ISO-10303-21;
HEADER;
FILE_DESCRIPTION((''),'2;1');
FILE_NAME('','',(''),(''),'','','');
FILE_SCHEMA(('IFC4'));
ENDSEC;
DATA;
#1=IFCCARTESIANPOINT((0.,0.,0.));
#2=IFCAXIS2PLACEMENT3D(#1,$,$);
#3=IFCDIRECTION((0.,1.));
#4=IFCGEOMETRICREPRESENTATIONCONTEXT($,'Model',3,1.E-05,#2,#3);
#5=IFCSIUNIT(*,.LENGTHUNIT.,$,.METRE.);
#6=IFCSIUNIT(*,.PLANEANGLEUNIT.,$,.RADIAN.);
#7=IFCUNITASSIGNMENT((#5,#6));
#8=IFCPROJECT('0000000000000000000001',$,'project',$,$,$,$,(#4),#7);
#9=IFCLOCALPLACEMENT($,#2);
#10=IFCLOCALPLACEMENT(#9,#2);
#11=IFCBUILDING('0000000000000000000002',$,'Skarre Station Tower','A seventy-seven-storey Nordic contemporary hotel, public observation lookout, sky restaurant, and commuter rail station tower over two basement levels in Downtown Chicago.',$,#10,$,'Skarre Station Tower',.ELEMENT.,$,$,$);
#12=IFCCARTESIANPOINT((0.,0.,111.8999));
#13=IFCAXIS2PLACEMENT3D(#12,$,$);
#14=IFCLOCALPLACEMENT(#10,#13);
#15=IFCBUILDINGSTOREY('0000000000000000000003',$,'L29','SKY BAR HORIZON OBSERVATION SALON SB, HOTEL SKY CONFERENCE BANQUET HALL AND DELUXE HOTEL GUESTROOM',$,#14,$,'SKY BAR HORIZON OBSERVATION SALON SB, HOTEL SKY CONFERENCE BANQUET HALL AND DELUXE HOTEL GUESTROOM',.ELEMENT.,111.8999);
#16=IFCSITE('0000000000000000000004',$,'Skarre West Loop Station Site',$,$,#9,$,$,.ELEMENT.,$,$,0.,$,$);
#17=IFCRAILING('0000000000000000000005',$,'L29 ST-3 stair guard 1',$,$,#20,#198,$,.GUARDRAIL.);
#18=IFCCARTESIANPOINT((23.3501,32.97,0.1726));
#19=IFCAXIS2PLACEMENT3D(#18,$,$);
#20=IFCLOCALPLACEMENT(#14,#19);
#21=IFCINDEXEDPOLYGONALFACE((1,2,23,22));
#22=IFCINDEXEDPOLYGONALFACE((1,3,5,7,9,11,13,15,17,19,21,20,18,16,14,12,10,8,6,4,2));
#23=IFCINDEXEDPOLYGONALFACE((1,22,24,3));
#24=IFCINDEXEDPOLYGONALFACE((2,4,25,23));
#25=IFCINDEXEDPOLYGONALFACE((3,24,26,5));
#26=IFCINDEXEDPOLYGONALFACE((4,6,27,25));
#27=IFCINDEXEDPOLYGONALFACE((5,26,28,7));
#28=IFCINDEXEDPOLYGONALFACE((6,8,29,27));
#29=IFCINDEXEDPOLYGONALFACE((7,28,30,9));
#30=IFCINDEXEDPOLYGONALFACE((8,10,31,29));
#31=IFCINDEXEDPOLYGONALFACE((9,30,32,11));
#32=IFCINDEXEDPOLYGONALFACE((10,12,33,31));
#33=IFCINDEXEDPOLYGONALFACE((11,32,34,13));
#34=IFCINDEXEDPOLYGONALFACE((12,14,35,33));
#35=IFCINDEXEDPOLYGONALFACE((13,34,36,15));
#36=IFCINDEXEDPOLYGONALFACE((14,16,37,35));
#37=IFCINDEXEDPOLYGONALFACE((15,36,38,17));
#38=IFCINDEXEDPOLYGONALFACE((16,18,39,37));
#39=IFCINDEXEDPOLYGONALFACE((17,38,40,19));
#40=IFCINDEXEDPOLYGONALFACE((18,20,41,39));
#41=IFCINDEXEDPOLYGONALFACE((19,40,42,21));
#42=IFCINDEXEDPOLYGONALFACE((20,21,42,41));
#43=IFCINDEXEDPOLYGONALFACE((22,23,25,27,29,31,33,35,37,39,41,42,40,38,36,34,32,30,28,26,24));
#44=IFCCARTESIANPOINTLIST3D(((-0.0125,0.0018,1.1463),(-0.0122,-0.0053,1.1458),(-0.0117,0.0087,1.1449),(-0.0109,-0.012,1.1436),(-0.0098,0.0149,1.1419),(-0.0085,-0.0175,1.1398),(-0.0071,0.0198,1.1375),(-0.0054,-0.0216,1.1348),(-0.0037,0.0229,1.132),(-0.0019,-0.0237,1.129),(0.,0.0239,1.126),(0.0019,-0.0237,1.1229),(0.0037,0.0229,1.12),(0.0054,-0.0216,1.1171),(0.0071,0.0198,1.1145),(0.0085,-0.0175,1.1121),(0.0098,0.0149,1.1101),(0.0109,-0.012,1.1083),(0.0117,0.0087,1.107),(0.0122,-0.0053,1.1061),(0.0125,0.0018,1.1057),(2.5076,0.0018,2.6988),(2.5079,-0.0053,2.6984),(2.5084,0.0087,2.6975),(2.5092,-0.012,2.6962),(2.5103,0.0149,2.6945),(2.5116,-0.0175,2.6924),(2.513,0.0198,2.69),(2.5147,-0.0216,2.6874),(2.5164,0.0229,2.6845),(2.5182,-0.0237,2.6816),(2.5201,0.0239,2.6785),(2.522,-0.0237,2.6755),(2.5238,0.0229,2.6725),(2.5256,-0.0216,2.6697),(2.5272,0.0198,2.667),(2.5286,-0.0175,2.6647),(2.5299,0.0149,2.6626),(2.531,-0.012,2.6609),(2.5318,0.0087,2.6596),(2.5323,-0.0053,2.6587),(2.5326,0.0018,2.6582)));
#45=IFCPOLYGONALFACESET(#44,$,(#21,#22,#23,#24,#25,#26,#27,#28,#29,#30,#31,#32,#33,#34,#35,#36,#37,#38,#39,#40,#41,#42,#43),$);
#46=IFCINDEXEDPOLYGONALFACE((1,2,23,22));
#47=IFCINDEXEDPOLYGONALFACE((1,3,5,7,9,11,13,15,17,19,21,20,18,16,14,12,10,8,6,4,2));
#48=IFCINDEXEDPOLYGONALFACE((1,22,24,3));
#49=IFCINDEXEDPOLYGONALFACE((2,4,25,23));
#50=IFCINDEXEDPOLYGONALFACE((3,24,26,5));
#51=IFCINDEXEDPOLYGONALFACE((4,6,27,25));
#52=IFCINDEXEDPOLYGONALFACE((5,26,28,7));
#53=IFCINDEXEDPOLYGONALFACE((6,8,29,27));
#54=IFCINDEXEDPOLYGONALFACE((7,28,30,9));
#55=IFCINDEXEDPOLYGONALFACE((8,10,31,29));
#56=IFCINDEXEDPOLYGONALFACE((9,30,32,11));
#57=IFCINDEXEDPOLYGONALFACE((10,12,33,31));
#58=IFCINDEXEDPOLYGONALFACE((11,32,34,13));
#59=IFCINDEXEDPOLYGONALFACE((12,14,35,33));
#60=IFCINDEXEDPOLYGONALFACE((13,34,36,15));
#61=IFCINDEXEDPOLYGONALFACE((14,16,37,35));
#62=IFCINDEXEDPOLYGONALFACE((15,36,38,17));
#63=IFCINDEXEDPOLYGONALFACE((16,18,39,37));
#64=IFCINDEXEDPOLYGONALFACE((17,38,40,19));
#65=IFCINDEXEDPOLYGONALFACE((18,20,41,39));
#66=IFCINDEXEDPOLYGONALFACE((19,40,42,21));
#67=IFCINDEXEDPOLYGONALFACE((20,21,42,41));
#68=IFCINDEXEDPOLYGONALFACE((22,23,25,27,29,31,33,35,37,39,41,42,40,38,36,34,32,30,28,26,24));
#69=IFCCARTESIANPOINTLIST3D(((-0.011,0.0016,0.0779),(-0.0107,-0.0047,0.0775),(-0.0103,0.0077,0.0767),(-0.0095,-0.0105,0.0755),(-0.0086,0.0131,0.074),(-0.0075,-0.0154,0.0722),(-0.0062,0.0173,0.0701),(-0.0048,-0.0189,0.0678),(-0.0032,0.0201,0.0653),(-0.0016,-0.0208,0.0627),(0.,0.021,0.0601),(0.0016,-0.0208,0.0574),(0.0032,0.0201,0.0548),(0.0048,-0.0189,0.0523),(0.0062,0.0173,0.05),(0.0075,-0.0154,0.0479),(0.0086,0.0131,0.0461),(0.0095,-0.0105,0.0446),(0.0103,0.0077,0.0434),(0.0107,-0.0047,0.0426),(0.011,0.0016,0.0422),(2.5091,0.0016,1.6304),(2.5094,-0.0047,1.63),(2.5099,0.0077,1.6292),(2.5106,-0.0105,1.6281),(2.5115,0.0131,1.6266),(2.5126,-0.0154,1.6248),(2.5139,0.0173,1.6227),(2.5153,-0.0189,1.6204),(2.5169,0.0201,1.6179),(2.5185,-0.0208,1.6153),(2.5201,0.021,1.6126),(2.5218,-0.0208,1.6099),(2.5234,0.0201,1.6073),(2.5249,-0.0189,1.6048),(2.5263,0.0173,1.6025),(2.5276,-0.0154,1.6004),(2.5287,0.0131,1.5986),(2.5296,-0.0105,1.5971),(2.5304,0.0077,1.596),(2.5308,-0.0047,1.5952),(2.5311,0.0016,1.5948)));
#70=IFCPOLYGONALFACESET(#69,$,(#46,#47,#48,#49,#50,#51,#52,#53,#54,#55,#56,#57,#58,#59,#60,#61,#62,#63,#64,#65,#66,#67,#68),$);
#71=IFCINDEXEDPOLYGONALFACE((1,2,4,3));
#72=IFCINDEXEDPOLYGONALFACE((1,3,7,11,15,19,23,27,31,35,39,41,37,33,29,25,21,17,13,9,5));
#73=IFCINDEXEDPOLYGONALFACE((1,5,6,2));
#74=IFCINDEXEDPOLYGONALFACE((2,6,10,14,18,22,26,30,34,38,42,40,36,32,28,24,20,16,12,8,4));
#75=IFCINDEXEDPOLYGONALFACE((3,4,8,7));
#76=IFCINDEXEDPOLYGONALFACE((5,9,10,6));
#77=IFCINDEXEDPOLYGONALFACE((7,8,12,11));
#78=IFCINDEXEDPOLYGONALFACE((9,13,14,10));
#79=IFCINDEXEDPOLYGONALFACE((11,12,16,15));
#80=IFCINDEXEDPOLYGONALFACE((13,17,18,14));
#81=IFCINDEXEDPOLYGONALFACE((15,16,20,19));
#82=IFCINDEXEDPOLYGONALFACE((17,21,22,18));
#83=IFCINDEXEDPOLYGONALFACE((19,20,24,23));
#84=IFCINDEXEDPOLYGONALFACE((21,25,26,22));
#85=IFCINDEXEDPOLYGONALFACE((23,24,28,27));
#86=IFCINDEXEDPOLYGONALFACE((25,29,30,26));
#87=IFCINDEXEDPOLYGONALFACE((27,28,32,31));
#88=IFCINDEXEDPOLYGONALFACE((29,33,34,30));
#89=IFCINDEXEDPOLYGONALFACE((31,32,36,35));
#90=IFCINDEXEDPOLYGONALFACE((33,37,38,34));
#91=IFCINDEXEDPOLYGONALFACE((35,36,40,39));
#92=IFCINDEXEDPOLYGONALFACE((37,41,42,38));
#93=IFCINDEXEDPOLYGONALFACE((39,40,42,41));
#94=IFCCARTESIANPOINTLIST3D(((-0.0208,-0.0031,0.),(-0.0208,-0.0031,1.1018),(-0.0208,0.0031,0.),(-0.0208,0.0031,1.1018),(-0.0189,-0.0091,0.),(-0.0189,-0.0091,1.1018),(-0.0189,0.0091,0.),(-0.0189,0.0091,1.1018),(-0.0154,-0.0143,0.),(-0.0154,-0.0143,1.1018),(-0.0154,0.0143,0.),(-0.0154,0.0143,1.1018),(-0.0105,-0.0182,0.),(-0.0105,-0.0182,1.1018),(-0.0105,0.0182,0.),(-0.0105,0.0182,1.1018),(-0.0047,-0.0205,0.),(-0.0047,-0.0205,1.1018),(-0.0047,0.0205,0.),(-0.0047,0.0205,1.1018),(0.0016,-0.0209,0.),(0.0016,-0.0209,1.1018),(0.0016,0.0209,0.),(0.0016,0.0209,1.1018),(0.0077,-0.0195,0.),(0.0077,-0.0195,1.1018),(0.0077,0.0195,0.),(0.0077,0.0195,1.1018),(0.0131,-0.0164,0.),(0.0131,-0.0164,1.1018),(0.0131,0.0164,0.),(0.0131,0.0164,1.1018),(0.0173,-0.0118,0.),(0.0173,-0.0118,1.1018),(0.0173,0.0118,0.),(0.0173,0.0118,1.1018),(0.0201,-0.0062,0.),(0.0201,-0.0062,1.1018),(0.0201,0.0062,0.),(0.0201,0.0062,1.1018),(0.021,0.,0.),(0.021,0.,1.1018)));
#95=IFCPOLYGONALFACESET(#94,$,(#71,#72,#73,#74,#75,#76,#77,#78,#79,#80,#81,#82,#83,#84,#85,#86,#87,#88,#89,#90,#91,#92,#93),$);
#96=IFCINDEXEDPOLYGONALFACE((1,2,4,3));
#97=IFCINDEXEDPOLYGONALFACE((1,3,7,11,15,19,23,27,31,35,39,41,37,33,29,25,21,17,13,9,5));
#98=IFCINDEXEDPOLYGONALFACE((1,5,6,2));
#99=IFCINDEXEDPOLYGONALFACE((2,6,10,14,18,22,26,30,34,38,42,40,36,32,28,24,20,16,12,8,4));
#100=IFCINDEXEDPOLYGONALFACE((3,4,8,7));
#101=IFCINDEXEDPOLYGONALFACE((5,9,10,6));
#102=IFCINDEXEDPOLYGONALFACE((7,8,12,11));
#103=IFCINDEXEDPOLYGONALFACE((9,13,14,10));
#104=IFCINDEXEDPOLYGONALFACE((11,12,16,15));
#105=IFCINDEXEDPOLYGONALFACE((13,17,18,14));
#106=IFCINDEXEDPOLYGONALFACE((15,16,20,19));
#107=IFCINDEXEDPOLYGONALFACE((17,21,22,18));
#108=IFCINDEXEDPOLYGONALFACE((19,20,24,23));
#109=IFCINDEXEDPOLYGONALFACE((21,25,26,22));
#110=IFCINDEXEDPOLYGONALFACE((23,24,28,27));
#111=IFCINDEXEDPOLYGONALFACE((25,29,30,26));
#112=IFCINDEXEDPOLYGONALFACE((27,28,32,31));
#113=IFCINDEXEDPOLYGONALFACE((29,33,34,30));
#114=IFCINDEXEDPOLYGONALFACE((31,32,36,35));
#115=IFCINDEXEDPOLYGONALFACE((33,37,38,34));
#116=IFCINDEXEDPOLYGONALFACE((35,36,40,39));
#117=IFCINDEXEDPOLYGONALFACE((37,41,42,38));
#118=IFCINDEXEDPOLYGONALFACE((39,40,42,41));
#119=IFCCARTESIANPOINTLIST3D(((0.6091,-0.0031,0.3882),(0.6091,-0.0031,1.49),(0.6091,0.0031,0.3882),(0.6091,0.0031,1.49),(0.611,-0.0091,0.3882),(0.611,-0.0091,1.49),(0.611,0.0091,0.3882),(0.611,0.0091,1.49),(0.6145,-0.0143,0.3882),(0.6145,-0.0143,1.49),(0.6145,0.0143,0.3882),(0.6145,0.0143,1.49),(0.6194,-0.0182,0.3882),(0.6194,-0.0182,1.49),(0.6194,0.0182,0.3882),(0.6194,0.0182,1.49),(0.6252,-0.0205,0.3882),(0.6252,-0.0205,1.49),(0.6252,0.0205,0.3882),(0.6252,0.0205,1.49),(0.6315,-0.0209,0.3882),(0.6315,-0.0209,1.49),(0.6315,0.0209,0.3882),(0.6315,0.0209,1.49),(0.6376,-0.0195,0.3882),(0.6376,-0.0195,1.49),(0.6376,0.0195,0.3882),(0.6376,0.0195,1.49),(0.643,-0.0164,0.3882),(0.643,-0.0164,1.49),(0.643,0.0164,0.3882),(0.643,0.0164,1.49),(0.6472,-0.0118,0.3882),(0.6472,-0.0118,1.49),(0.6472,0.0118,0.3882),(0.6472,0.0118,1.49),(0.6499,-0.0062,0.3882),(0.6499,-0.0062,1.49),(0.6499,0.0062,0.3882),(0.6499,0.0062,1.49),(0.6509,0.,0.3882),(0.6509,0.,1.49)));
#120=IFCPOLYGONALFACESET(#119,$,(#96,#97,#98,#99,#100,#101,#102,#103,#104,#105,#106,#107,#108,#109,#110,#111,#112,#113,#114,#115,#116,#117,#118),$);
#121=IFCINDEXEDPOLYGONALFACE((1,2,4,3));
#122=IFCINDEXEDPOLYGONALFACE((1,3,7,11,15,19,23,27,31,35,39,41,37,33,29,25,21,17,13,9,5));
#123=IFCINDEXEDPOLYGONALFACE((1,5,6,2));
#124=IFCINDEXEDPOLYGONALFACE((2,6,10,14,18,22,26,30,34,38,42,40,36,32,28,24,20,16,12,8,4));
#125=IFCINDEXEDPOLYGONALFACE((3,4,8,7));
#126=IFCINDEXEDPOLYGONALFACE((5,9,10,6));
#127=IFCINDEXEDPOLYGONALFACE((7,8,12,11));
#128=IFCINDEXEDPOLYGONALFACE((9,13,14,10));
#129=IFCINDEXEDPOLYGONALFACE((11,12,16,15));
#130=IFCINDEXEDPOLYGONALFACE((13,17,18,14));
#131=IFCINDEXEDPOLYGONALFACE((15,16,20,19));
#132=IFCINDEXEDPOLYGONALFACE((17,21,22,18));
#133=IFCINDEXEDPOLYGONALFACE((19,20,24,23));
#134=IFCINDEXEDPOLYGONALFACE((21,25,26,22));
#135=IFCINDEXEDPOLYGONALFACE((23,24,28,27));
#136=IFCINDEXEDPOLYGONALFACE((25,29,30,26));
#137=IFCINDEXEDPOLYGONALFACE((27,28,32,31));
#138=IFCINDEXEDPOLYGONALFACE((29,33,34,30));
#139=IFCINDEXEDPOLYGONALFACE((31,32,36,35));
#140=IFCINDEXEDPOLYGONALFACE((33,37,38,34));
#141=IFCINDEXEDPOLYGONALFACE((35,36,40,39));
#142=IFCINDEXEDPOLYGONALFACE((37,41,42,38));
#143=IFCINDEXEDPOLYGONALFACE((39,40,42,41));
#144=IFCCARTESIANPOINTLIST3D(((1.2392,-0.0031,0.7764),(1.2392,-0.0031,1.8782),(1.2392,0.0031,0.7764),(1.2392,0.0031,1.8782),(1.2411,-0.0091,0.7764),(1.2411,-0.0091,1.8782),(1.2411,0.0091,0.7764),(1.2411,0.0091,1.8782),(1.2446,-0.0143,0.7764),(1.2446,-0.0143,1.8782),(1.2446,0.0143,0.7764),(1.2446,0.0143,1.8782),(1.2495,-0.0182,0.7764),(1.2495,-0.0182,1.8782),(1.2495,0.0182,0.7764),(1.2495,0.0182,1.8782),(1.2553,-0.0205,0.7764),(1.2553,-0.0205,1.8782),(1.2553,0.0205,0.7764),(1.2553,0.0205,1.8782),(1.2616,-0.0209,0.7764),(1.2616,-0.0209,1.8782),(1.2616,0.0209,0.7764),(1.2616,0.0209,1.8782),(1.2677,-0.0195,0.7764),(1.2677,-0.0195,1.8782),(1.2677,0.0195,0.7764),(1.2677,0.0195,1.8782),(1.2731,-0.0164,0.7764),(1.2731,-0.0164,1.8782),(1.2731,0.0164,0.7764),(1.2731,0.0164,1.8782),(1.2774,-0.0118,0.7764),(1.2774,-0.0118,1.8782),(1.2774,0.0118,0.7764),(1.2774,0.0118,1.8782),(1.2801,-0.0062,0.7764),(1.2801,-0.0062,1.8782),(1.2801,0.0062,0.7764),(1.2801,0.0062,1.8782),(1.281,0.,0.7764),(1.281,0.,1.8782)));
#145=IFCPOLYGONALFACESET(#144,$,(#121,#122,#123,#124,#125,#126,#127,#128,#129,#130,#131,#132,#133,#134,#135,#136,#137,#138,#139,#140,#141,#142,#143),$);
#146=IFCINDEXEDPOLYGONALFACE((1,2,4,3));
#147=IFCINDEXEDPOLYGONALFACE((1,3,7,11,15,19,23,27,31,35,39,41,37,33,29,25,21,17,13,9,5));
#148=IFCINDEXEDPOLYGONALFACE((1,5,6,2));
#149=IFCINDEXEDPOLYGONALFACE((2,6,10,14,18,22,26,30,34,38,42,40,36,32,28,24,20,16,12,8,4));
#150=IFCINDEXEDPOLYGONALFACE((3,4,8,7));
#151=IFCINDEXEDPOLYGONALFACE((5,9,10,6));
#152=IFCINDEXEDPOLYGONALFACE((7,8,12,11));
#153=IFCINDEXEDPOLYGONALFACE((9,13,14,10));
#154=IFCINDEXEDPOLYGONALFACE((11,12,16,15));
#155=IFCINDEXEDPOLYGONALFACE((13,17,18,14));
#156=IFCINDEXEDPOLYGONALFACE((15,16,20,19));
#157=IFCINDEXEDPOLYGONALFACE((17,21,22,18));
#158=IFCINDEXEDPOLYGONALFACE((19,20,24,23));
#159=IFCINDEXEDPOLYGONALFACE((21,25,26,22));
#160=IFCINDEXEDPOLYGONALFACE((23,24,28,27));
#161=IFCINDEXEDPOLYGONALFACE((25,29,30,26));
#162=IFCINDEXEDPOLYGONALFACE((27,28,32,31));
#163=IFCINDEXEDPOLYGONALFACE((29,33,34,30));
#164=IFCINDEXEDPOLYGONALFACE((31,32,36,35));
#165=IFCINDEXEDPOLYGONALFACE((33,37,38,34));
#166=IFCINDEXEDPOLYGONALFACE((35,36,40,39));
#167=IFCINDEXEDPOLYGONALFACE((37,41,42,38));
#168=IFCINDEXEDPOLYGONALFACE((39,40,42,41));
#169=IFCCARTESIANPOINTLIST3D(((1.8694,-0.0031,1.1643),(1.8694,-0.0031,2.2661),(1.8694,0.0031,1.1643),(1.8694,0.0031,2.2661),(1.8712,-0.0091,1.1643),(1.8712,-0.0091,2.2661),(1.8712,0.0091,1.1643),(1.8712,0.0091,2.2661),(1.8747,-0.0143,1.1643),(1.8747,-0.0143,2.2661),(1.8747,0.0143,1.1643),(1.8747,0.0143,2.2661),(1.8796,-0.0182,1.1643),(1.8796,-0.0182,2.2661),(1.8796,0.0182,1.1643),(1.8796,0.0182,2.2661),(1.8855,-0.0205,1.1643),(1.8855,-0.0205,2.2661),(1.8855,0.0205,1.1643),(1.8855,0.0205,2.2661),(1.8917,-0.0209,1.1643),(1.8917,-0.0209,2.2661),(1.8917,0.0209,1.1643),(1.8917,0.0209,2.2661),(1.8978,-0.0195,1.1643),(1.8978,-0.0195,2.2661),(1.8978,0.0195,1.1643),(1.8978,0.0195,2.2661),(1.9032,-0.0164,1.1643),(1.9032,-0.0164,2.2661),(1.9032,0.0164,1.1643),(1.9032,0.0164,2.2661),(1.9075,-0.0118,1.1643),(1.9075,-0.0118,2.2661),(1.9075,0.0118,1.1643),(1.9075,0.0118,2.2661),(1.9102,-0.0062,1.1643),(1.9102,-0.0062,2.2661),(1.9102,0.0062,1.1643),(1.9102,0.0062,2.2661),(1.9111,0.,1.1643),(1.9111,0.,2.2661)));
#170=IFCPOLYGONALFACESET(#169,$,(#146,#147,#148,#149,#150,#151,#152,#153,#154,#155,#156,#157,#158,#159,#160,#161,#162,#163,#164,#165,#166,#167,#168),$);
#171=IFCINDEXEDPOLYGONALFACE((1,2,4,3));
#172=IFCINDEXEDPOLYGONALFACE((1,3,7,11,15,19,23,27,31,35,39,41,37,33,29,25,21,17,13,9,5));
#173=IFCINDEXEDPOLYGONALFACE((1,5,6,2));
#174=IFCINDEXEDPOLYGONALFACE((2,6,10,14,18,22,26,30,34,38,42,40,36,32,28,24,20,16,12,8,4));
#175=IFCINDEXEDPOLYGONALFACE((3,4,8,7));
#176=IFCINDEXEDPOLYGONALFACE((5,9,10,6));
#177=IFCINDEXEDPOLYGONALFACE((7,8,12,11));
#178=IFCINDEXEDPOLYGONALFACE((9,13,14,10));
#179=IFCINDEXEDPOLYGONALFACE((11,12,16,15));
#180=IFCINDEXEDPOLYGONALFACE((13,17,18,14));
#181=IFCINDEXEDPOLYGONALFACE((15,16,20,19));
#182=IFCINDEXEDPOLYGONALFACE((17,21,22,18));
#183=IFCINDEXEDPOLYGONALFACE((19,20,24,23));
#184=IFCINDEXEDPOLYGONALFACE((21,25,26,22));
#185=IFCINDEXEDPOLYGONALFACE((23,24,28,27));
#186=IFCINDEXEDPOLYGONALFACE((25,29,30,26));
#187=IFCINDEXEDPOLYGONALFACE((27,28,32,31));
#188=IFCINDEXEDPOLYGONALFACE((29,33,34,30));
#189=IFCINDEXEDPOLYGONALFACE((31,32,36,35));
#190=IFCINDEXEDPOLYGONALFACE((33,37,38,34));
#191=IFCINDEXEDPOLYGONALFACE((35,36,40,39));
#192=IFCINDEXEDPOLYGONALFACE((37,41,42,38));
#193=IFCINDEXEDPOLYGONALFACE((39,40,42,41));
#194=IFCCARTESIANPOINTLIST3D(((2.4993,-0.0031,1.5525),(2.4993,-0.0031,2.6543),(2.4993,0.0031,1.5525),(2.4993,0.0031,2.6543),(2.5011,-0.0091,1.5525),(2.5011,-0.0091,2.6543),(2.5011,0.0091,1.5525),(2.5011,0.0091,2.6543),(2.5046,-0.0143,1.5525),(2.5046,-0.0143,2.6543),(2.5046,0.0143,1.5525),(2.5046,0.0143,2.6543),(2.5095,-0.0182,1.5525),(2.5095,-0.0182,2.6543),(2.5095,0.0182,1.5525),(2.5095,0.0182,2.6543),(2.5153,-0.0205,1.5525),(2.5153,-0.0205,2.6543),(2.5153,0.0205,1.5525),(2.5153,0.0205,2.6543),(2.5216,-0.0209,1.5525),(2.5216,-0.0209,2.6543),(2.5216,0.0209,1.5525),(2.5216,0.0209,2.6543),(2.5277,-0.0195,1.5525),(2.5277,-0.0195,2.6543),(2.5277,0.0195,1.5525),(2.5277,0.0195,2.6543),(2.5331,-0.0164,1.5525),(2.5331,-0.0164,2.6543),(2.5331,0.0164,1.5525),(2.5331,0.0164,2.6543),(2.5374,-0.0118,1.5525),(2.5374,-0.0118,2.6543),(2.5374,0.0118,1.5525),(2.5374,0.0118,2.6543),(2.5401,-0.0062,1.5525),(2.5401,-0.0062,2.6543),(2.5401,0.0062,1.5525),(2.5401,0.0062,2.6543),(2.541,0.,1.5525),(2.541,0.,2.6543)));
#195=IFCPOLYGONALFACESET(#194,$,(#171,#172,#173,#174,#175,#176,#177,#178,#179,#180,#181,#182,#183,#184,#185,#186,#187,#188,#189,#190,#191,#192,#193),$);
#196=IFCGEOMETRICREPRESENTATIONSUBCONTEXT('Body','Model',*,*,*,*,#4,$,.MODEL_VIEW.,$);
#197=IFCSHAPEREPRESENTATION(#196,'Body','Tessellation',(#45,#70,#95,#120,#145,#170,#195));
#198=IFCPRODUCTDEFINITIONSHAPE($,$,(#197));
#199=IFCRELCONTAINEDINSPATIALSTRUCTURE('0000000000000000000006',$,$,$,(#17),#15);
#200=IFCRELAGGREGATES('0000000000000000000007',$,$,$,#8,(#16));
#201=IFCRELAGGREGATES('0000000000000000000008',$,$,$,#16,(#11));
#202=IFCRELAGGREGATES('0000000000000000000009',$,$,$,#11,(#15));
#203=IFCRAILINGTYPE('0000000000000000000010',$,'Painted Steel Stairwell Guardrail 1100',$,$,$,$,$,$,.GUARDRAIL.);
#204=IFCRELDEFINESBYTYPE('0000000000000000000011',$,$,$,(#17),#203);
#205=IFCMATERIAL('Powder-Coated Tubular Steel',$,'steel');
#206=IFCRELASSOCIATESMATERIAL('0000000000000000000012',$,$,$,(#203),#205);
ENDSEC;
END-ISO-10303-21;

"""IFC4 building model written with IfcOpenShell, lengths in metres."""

from ifc_helpers import new_model, si_unit, direction, frame, origin, origin_2d, place, context, subcontext, project, spatial, circle, extrude, material, type_object, element, save


model = new_model("IFC4")

# Units and contexts
model_context = context("Model", 3, precision=1e-05, world=origin(), true_north=direction((0.0, 1.0)))
body_context = subcontext(model_context, "Body", "Model", "MODEL_VIEW")
ifc_project = project(units=[si_unit("LENGTHUNIT", "METRE"), si_unit("PLANEANGLEUNIT", "RADIAN")], contexts=[model_context])

# Site, building, storey
site_placement = place(None, origin())
site = spatial("IfcSite", under=ifc_project, at=site_placement, Name="Skarre West Loop Station Site", CompositionType="ELEMENT", RefElevation=0.0)
building_placement = place(site_placement, origin())
building = spatial("IfcBuilding", under=site, at=building_placement, Name="Skarre Station Tower", Description="A seventy-seven-storey Nordic contemporary hotel, public observation lookout, sky restaurant, and commuter rail station tower over two basement levels in Downtown Chicago.", LongName="Skarre Station Tower", CompositionType="ELEMENT")
storey_placement = place(building_placement, frame((0.0, 0.0, 111.8999)))
storey = spatial("IfcBuildingStorey", under=building, at=storey_placement, Name="L29", Description="SKY BAR HORIZON OBSERVATION SALON SB, HOTEL SKY CONFERENCE BANQUET HALL AND DELUXE HOTEL GUESTROOM", LongName="SKY BAR HORIZON OBSERVATION SALON SB, HOTEL SKY CONFERENCE BANQUET HALL AND DELUXE HOTEL GUESTROOM", CompositionType="ELEMENT", Elevation=111.8999)

# Railing
ifc_material_1 = material(Name="Powder-Coated Tubular Steel", Category="steel")
railing_type_1 = type_object("IfcRailingType", Name="Painted Steel Stairwell Guardrail 1100", PredefinedType="GUARDRAIL", material=ifc_material_1)
railing_1_placement = place(storey_placement, frame((23.3501, 32.97, 0.1726)))
element("IfcRailing", 1, at=railing_1_placement, inside=storey, type_object=railing_type_1, Name="L29 ST-3 stair guard 1", PredefinedType="GUARDRAIL", context=body_context, shape_type="SweptSolid", body=[
    extrude(circle(Radius=0.0239, at=origin_2d()), frame((0.0, 0.0, 1.126), z_axis=(0.8514, 0.0, 0.524516), x_axis=(0.0, 1.0, 0.0)), (0.0, 0.0, 1.0), 2.96),
    extrude(circle(Radius=0.021, at=origin_2d()), frame((0.0, 0.0, 0.0601), z_axis=(0.8514, 0.0, 0.524516), x_axis=(0.0, 1.0, 0.0)), (0.0, 0.0, 1.0), 2.96),
    extrude(circle(Radius=0.021, at=origin_2d()), origin(), (0.0, 0.0, 1.0), 1.1018),
    extrude(circle(Radius=0.021, at=origin_2d()), frame((0.6299, 0.0, 0.3882)), (0.0, 0.0, 1.0), 1.1018),
    extrude(circle(Radius=0.021, at=origin_2d()), frame((1.26, 0.0, 0.7764)), (0.0, 0.0, 1.0), 1.1018),
    extrude(circle(Radius=0.021, at=origin_2d()), frame((1.8901, 0.0, 1.1643)), (0.0, 0.0, 1.0), 1.1018),
    extrude(circle(Radius=0.021, at=origin_2d()), frame((2.52, 0.0, 1.5525)), (0.0, 0.0, 1.0), 1.1018),
])

save(model, "model.ifc")
